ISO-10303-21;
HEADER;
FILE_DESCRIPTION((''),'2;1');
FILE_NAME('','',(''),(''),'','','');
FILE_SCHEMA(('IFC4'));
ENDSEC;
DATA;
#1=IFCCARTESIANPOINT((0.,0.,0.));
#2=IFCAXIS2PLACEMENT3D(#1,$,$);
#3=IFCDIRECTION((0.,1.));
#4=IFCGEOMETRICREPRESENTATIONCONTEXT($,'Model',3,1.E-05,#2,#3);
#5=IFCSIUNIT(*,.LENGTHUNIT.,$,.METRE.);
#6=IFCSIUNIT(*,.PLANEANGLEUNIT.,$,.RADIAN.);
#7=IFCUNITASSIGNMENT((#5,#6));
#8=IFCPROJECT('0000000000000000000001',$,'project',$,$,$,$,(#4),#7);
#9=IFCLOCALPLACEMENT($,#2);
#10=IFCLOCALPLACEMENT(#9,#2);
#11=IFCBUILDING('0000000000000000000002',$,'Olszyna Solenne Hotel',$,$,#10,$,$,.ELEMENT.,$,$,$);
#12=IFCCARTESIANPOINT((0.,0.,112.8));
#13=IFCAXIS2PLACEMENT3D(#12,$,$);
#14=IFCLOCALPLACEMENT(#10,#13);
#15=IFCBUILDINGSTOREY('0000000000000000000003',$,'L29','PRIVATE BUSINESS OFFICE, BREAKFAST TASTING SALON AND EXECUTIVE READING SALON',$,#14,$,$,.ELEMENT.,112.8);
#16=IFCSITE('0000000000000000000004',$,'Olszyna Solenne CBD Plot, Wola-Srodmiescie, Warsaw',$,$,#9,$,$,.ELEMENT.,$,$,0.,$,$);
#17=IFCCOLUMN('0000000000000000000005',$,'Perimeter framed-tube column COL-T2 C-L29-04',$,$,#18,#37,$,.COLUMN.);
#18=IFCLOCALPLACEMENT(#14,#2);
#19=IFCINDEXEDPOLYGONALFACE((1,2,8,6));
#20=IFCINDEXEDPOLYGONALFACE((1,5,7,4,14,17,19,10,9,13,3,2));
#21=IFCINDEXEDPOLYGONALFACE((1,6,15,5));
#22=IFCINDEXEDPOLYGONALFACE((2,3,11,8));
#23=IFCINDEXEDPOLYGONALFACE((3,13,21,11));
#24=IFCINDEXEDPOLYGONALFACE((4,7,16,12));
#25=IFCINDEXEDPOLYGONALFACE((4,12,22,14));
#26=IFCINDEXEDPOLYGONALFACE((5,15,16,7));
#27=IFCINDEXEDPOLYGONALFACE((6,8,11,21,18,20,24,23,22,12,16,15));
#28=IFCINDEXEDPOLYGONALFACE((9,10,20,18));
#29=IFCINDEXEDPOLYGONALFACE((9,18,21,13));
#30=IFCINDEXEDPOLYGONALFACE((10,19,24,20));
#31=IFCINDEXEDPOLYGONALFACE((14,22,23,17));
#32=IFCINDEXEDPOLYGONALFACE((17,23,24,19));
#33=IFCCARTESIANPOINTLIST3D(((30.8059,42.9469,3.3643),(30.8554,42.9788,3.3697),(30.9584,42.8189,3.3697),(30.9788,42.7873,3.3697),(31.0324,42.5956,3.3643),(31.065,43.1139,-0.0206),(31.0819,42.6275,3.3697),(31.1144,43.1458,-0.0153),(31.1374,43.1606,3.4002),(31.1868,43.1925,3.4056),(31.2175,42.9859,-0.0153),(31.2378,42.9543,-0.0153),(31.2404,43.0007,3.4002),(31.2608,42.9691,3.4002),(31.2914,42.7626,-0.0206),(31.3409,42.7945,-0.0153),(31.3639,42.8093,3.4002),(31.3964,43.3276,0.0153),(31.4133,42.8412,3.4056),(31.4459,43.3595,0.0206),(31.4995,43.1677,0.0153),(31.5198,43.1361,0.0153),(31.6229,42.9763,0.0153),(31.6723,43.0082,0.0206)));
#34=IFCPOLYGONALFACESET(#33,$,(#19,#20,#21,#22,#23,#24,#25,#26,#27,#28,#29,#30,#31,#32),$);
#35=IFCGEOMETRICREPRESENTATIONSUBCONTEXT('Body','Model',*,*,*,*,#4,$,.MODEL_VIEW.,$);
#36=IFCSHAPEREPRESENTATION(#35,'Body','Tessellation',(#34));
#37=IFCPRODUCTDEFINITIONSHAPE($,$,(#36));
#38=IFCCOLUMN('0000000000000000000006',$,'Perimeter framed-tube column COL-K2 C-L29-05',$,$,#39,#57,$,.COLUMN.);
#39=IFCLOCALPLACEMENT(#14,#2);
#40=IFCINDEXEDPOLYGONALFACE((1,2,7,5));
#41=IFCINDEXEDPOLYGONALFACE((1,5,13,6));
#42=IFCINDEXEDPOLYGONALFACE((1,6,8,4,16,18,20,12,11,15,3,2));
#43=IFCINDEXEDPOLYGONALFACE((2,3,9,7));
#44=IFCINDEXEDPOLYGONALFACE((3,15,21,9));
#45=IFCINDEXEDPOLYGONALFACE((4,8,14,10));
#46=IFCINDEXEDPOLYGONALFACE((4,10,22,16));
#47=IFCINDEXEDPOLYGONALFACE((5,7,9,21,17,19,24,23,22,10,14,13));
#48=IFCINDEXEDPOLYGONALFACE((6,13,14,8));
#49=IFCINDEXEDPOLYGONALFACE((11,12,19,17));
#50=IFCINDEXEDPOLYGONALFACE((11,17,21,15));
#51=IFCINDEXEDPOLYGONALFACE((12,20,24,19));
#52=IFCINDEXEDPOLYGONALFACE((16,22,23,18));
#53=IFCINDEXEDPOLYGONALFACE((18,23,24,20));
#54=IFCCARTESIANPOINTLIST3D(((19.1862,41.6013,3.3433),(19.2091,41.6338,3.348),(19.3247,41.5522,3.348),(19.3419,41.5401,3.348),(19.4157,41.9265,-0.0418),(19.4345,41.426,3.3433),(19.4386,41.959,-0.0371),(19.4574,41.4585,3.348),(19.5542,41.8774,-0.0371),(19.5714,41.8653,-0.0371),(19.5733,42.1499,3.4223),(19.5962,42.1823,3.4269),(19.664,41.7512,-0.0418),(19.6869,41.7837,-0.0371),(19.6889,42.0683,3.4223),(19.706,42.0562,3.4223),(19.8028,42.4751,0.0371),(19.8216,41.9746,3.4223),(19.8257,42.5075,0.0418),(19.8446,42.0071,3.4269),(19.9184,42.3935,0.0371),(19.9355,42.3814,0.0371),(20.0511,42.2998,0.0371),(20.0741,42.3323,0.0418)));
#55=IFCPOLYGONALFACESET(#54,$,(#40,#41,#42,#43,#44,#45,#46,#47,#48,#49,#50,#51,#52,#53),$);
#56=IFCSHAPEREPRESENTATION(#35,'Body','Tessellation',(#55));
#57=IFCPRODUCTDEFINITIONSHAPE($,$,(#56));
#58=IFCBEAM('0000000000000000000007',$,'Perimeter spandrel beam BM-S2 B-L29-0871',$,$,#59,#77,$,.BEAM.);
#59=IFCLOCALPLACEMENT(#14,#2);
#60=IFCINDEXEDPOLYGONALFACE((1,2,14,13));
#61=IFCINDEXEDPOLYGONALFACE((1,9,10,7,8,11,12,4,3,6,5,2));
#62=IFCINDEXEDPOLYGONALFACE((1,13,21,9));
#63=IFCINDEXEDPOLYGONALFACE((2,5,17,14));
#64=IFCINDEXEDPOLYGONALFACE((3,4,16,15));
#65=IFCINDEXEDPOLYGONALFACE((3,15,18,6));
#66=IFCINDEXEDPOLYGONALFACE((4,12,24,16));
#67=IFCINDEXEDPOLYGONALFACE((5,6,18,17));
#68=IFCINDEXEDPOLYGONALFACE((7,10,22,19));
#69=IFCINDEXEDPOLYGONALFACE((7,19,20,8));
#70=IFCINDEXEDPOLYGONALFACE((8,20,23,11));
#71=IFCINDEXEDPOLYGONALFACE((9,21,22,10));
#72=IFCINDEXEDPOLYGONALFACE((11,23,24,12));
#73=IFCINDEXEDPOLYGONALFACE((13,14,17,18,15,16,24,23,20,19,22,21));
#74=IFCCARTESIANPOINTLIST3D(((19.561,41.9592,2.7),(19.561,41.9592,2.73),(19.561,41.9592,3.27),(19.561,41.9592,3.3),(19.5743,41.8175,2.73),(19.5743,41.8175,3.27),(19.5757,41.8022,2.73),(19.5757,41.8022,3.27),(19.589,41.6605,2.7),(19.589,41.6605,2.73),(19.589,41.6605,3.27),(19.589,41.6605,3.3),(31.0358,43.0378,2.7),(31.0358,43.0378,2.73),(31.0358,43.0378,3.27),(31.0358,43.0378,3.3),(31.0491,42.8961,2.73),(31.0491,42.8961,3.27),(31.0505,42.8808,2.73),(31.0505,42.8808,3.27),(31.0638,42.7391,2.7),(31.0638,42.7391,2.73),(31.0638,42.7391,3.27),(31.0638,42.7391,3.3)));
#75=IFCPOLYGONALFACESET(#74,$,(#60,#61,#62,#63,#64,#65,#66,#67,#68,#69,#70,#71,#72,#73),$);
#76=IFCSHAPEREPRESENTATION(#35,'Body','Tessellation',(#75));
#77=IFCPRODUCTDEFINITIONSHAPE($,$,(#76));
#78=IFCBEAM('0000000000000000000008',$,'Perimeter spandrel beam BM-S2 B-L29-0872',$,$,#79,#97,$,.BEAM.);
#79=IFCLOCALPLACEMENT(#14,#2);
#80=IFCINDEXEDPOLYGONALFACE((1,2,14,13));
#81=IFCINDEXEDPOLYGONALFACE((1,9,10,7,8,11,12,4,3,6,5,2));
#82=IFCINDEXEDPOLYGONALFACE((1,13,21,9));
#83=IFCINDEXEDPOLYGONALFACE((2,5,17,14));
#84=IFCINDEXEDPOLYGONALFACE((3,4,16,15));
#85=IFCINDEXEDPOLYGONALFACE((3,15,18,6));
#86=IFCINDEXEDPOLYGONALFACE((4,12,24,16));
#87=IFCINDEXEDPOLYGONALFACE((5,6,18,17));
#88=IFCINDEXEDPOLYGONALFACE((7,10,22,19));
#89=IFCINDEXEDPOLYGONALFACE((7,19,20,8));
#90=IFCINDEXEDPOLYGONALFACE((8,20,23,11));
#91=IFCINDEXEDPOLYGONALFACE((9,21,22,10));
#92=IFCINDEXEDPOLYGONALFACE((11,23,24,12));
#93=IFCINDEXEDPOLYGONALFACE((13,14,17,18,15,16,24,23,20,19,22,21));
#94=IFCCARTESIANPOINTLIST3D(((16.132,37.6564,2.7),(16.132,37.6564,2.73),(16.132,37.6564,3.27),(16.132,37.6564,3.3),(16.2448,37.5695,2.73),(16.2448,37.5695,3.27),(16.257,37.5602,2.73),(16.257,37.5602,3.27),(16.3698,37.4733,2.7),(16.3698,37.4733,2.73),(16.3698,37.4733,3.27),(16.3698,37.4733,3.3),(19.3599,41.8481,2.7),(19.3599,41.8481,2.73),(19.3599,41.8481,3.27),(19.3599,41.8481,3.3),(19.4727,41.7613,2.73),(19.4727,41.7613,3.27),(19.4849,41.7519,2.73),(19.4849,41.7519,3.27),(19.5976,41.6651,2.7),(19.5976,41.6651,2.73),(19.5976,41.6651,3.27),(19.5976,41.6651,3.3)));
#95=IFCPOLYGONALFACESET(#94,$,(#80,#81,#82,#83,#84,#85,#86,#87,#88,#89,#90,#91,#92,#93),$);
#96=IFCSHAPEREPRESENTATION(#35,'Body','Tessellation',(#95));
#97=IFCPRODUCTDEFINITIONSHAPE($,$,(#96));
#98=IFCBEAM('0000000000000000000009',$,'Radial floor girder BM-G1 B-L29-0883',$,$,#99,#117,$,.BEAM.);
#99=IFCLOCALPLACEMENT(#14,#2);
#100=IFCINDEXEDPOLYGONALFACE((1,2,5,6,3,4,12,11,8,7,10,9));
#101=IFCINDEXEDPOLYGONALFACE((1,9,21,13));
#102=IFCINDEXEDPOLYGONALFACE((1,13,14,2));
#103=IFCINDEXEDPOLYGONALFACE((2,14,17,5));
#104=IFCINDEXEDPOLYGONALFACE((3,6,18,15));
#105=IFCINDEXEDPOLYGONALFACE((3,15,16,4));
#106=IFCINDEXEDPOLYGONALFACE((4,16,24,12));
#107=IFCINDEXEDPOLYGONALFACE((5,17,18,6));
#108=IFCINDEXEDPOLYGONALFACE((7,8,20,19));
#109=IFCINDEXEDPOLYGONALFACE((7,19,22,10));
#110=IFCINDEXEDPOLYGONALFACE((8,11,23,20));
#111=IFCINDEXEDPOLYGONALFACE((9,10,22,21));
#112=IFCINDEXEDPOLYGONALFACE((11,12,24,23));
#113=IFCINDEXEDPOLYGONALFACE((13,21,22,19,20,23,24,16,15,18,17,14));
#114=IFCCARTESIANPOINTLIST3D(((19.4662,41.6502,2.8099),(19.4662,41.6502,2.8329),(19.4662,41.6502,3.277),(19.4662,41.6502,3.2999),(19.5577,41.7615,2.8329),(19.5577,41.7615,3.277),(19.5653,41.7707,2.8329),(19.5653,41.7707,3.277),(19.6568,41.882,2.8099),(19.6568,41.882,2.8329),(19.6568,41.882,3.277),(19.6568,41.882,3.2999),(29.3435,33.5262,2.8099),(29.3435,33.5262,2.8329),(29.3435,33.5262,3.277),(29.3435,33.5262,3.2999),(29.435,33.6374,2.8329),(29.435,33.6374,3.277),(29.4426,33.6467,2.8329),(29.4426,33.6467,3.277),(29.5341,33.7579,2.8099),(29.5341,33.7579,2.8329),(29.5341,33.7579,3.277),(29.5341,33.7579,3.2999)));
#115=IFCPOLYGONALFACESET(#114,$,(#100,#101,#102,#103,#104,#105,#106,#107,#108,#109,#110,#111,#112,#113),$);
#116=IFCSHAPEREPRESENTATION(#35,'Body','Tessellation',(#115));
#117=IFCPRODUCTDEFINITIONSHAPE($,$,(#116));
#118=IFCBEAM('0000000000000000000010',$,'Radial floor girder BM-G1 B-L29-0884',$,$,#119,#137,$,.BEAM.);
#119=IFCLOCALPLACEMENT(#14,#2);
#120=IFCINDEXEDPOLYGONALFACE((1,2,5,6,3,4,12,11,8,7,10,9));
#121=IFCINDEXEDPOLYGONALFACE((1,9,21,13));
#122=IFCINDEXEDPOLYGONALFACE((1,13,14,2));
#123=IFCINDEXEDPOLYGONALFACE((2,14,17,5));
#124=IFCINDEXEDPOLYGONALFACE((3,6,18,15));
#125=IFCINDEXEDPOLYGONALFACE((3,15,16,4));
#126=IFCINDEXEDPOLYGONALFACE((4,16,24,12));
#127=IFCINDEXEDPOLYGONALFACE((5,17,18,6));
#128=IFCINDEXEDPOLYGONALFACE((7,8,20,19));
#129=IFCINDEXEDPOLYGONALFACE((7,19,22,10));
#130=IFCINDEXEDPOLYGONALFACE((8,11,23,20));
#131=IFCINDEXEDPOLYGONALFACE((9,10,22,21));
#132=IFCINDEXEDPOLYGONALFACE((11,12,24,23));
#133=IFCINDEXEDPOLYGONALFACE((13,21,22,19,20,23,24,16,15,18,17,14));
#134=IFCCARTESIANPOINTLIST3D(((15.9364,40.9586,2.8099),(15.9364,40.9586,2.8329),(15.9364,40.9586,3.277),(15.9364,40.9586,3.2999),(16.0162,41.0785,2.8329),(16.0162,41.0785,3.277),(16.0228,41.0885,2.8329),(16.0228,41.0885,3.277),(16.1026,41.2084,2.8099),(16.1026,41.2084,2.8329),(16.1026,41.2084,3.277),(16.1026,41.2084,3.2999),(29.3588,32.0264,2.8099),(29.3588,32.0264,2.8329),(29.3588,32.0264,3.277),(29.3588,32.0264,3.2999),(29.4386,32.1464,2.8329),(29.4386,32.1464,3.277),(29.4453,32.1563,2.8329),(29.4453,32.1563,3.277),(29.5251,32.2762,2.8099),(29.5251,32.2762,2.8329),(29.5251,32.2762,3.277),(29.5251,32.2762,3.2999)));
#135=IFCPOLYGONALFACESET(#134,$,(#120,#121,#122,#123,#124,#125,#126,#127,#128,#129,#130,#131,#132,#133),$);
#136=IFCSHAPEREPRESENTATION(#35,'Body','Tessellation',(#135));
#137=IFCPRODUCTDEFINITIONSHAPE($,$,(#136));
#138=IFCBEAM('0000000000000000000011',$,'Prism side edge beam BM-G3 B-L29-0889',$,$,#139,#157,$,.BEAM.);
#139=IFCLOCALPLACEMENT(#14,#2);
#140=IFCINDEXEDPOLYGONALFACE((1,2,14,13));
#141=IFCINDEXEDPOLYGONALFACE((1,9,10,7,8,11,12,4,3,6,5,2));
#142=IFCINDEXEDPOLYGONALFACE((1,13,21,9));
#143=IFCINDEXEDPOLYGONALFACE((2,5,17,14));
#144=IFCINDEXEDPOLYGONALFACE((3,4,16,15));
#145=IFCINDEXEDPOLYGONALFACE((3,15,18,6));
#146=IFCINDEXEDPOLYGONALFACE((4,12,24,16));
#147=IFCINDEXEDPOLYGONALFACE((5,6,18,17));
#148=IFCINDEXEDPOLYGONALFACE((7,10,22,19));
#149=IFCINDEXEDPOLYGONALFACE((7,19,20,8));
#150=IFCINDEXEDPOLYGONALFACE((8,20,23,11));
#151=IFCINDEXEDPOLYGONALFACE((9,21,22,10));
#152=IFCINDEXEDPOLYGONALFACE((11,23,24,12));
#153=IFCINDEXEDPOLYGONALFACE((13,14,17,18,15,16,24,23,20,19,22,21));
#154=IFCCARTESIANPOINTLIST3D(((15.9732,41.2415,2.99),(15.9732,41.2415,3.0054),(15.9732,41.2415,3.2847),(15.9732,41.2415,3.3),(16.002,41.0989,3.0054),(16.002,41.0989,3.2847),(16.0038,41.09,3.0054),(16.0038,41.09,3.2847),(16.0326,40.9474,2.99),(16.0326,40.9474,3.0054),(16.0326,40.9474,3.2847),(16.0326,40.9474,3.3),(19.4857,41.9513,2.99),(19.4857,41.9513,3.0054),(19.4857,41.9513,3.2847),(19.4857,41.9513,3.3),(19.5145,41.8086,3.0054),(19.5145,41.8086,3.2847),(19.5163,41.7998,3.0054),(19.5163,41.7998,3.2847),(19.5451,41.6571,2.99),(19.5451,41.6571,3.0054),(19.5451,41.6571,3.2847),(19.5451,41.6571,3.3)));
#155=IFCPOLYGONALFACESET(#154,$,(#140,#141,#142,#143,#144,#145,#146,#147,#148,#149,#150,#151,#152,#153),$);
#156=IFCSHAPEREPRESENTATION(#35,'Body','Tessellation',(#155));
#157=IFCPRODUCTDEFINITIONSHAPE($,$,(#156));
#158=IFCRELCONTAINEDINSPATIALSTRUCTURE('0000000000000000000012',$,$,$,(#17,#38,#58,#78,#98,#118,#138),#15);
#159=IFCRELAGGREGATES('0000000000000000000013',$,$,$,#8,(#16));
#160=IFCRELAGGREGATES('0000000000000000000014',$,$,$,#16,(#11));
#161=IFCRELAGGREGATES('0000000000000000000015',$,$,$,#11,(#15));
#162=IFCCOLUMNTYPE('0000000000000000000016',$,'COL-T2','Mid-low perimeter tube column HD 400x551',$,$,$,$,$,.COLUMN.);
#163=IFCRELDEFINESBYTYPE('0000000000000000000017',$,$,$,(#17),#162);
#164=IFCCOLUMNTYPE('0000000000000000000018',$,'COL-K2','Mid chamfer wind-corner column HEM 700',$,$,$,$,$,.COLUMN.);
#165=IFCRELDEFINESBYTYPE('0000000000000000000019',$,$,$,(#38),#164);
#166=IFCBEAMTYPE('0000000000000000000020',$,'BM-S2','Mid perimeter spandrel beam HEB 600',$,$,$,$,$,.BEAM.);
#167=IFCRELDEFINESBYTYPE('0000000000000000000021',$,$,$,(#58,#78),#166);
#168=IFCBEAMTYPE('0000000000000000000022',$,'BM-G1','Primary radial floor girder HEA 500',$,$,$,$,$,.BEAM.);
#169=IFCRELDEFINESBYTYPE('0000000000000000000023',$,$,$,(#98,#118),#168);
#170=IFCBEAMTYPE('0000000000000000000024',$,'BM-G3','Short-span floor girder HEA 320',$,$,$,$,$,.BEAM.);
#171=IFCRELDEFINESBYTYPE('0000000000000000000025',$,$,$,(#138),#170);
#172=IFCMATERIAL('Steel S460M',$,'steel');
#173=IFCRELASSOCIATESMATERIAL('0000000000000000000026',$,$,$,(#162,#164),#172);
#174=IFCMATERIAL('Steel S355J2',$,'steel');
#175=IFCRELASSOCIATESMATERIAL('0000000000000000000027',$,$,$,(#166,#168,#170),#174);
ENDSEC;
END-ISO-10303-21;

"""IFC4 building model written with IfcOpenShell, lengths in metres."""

from ifc_helpers import new_model, si_unit, direction, frame, origin, origin_2d, place, context, subcontext, project, spatial, i_section, extrude, source, transform, mapped, material, material_profile, profile_set, type_object, element, save


model = new_model("IFC4")

# Units and contexts
model_context = context("Model", 3, precision=1e-05, world=origin(), true_north=direction((0.0, 1.0)))
body_context = subcontext(model_context, "Body", "Model", "MODEL_VIEW")
ifc_project = project(units=[si_unit("LENGTHUNIT", "METRE"), si_unit("PLANEANGLEUNIT", "RADIAN")], contexts=[model_context])

# Site, building, storey
site_placement = place(None, origin())
site = spatial("IfcSite", under=ifc_project, at=site_placement, Name="Olszyna Solenne CBD Plot, Wola-Srodmiescie, Warsaw", CompositionType="ELEMENT", RefElevation=0.0)
building_placement = place(site_placement, origin())
building = spatial("IfcBuilding", under=site, at=building_placement, Name="Olszyna Solenne Hotel", CompositionType="ELEMENT")
storey_placement = place(building_placement, frame((0.0, 0.0, 112.8)))
storey = spatial("IfcBuildingStorey", under=building, at=storey_placement, Name="L29", Description="PRIVATE BUSINESS OFFICE, BREAKFAST TASTING SALON AND EXECUTIVE READING SALON", CompositionType="ELEMENT", Elevation=112.8)

# Columns
ifc_material_1 = material(Name="Steel S460M", Category="steel")
ifc_material_profile_1 = material_profile(ifc_material_1, i_section(OverallWidth=0.418, OverallDepth=0.4551, WebThickness=0.0376, FlangeThickness=0.0591, at=origin_2d()), Name="HD 400x551", Category="load-bearing")
ifc_profile_set_1 = profile_set([ifc_material_profile_1], Name="Steel S460M")
column_type_1 = type_object("IfcColumnType", Name="COL-T2", Description="Mid-low perimeter tube column HD 400x551", PredefinedType="COLUMN", material=ifc_profile_set_1)
shared_shape_1 = source(origin(), body_context, "Body", "SweptSolid", [
    extrude(i_section(OverallWidth=0.418, OverallDepth=0.4551, WebThickness=0.0376, FlangeThickness=0.0591, at=origin_2d()), origin(), (0.0, 0.0, 1.0), 3.3989),
])
column_1_placement = place(storey_placement, frame((31.3687, 43.061, 0.0), z_axis=(-0.076208, -0.04913, 0.995881), x_axis=(0.541838, -0.840483, 0.0)))
element("IfcColumn", 1, at=column_1_placement, inside=storey, type_object=column_type_1, Name="Perimeter framed-tube column COL-T2 C-L29-04", PredefinedType="COLUMN", context=body_context, shape_type="MappedRepresentation", body=[
    mapped(shared_shape_1, transform((0.0, 0.0, 0.0), x_axis=(1.0, 0.0, 0.0), y_axis=(0.0, 1.0, 0.0), z_axis=(0.0, 0.0, 1.0), scale=1.0)),
])
ifc_material_profile_2 = material_profile(ifc_material_1, i_section(OverallWidth=0.304, OverallDepth=0.7161, WebThickness=0.021, FlangeThickness=0.04, at=origin_2d()), Name="HEM 700", Category="load-bearing")
ifc_profile_set_2 = profile_set([ifc_material_profile_2], Name="Steel S460M")
column_type_2 = type_object("IfcColumnType", Name="COL-K2", Description="Mid chamfer wind-corner column HEM 700", PredefinedType="COLUMN", material=ifc_profile_set_2)
shared_shape_2 = source(origin(), body_context, "Body", "SweptSolid", [
    extrude(i_section(OverallWidth=0.304, OverallDepth=0.7161, WebThickness=0.021, FlangeThickness=0.04, at=origin_2d()), origin(), (0.0, 0.0, 1.0), 3.4084),
])
column_2_placement = place(storey_placement, frame((19.7449, 42.1294, 0.0), z_axis=(-0.067333, -0.095412, 0.993158), x_axis=(0.817036, -0.576587, 0.0)))
element("IfcColumn", 2, at=column_2_placement, inside=storey, type_object=column_type_2, Name="Perimeter framed-tube column COL-K2 C-L29-05", PredefinedType="COLUMN", context=body_context, shape_type="MappedRepresentation", body=[
    mapped(shared_shape_2, transform((0.0, 0.0, 0.0), x_axis=(1.0, 0.0, 0.0), y_axis=(0.0, 1.0, 0.0), z_axis=(0.0, 0.0, 1.0), scale=1.0)),
])

# Beams
ifc_material_2 = material(Name="Steel S355J2", Category="steel")
ifc_material_profile_3 = material_profile(ifc_material_2, i_section(OverallWidth=0.3, OverallDepth=0.6001, WebThickness=0.0154, FlangeThickness=0.03, at=origin_2d()), Name="HEB 600", Category="load-bearing")
ifc_profile_set_3 = profile_set([ifc_material_profile_3], Name="Steel S355J2")
beam_type_1 = type_object("IfcBeamType", Name="BM-S2", Description="Mid perimeter spandrel beam HEB 600", PredefinedType="BEAM", material=ifc_profile_set_3)
shared_shape_3 = source(origin(), body_context, "Body", "SweptSolid", [
    extrude(i_section(OverallWidth=0.3, OverallDepth=0.6001, WebThickness=0.0154, FlangeThickness=0.03, at=origin_2d()), origin(), (0.0, 0.0, 1.0), 11.5254),
])
beam_1_placement = place(storey_placement, frame((31.0498, 42.8884, 3.0), z_axis=(-0.995611, -0.093585, 0.0), x_axis=(0.093585, -0.995611, 0.0)))
element("IfcBeam", 3, at=beam_1_placement, inside=storey, type_object=beam_type_1, Name="Perimeter spandrel beam BM-S2 B-L29-0871", PredefinedType="BEAM", context=body_context, shape_type="MappedRepresentation", body=[
    mapped(shared_shape_3, transform((0.0, 0.0, 0.0), x_axis=(1.0, 0.0, 0.0), y_axis=(0.0, 1.0, 0.0), z_axis=(0.0, 0.0, 1.0), scale=1.0)),
])
shared_shape_4 = source(origin(), body_context, "Body", "SweptSolid", [
    extrude(i_section(OverallWidth=0.3, OverallDepth=0.6001, WebThickness=0.0154, FlangeThickness=0.03, at=origin_2d()), origin(), (0.0, 0.0, 1.0), 5.2905),
])
beam_2_placement = place(storey_placement, frame((19.4788, 41.7566, 3.0), z_axis=(-0.610119, -0.79231, 0.0), x_axis=(0.79231, -0.610119, 0.0)))
element("IfcBeam", 4, at=beam_2_placement, inside=storey, type_object=beam_type_1, Name="Perimeter spandrel beam BM-S2 B-L29-0872", PredefinedType="BEAM", context=body_context, shape_type="MappedRepresentation", body=[
    mapped(shared_shape_4, transform((0.0, 0.0, 0.0), x_axis=(1.0, 0.0, 0.0), y_axis=(0.0, 1.0, 0.0), z_axis=(0.0, 0.0, 1.0), scale=1.0)),
])
ifc_material_profile_4 = material_profile(ifc_material_2, i_section(OverallWidth=0.3, OverallDepth=0.49, WebThickness=0.012, FlangeThickness=0.0229, at=origin_2d()), Name="HEA 500", Category="load-bearing")
ifc_profile_set_4 = profile_set([ifc_material_profile_4], Name="Steel S355J2")
beam_type_2 = type_object("IfcBeamType", Name="BM-G1", Description="Primary radial floor girder HEA 500", PredefinedType="BEAM", material=ifc_profile_set_4)
shared_shape_5 = source(origin(), body_context, "Body", "SweptSolid", [
    extrude(i_section(OverallWidth=0.3, OverallDepth=0.49, WebThickness=0.012, FlangeThickness=0.0229, at=origin_2d()), origin(), (0.0, 0.0, 1.0), 12.7891),
])
beam_3_placement = place(storey_placement, frame((19.5615, 41.7661, 3.0549), z_axis=(0.772319, -0.635235, 0.0), x_axis=(0.635235, 0.772319, 0.0)))
element("IfcBeam", 5, at=beam_3_placement, inside=storey, type_object=beam_type_2, Name="Radial floor girder BM-G1 B-L29-0883", PredefinedType="BEAM", context=body_context, shape_type="MappedRepresentation", body=[
    mapped(shared_shape_5, transform((0.0, 0.0, 0.0), x_axis=(1.0, 0.0, 0.0), y_axis=(0.0, 1.0, 0.0), z_axis=(0.0, 0.0, 1.0), scale=1.0)),
])
shared_shape_6 = source(origin(), body_context, "Body", "SweptSolid", [
    extrude(i_section(OverallWidth=0.3, OverallDepth=0.49, WebThickness=0.012, FlangeThickness=0.0229, at=origin_2d()), origin(), (0.0, 0.0, 1.0), 16.1228),
])
beam_4_placement = place(storey_placement, frame((16.0195, 41.0835, 3.0549), z_axis=(0.832511, -0.554008, 0.0), x_axis=(0.554008, 0.832511, 0.0)))
element("IfcBeam", 6, at=beam_4_placement, inside=storey, type_object=beam_type_2, Name="Radial floor girder BM-G1 B-L29-0884", PredefinedType="BEAM", context=body_context, shape_type="MappedRepresentation", body=[
    mapped(shared_shape_6, transform((0.0, 0.0, 0.0), x_axis=(1.0, 0.0, 0.0), y_axis=(0.0, 1.0, 0.0), z_axis=(0.0, 0.0, 1.0), scale=1.0)),
])
ifc_material_profile_5 = material_profile(ifc_material_2, i_section(OverallWidth=0.3, OverallDepth=0.3101, WebThickness=0.009, FlangeThickness=0.0154, at=origin_2d()), Name="HEA 320", Category="load-bearing")
ifc_profile_set_5 = profile_set([ifc_material_profile_5], Name="Steel S355J2")
beam_type_3 = type_object("IfcBeamType", Name="BM-G3", Description="Short-span floor girder HEA 320", PredefinedType="BEAM", material=ifc_profile_set_5)
shared_shape_7 = source(origin(), body_context, "Body", "SweptSolid", [
    extrude(i_section(OverallWidth=0.3, OverallDepth=0.3101, WebThickness=0.009, FlangeThickness=0.0154, at=origin_2d()), origin(), (0.0, 0.0, 1.0), 3.5835),
])
beam_5_placement = place(storey_placement, frame((19.5154, 41.8042, 3.145), z_axis=(-0.980191, -0.198055, 0.0), x_axis=(0.198055, -0.980191, 0.0)))
element("IfcBeam", 7, at=beam_5_placement, inside=storey, type_object=beam_type_3, Name="Prism side edge beam BM-G3 B-L29-0889", PredefinedType="BEAM", context=body_context, shape_type="MappedRepresentation", body=[
    mapped(shared_shape_7, transform((0.0, 0.0, 0.0), x_axis=(1.0, 0.0, 0.0), y_axis=(0.0, 1.0, 0.0), z_axis=(0.0, 0.0, 1.0), scale=1.0)),
])

save(model, "model.ifc")
